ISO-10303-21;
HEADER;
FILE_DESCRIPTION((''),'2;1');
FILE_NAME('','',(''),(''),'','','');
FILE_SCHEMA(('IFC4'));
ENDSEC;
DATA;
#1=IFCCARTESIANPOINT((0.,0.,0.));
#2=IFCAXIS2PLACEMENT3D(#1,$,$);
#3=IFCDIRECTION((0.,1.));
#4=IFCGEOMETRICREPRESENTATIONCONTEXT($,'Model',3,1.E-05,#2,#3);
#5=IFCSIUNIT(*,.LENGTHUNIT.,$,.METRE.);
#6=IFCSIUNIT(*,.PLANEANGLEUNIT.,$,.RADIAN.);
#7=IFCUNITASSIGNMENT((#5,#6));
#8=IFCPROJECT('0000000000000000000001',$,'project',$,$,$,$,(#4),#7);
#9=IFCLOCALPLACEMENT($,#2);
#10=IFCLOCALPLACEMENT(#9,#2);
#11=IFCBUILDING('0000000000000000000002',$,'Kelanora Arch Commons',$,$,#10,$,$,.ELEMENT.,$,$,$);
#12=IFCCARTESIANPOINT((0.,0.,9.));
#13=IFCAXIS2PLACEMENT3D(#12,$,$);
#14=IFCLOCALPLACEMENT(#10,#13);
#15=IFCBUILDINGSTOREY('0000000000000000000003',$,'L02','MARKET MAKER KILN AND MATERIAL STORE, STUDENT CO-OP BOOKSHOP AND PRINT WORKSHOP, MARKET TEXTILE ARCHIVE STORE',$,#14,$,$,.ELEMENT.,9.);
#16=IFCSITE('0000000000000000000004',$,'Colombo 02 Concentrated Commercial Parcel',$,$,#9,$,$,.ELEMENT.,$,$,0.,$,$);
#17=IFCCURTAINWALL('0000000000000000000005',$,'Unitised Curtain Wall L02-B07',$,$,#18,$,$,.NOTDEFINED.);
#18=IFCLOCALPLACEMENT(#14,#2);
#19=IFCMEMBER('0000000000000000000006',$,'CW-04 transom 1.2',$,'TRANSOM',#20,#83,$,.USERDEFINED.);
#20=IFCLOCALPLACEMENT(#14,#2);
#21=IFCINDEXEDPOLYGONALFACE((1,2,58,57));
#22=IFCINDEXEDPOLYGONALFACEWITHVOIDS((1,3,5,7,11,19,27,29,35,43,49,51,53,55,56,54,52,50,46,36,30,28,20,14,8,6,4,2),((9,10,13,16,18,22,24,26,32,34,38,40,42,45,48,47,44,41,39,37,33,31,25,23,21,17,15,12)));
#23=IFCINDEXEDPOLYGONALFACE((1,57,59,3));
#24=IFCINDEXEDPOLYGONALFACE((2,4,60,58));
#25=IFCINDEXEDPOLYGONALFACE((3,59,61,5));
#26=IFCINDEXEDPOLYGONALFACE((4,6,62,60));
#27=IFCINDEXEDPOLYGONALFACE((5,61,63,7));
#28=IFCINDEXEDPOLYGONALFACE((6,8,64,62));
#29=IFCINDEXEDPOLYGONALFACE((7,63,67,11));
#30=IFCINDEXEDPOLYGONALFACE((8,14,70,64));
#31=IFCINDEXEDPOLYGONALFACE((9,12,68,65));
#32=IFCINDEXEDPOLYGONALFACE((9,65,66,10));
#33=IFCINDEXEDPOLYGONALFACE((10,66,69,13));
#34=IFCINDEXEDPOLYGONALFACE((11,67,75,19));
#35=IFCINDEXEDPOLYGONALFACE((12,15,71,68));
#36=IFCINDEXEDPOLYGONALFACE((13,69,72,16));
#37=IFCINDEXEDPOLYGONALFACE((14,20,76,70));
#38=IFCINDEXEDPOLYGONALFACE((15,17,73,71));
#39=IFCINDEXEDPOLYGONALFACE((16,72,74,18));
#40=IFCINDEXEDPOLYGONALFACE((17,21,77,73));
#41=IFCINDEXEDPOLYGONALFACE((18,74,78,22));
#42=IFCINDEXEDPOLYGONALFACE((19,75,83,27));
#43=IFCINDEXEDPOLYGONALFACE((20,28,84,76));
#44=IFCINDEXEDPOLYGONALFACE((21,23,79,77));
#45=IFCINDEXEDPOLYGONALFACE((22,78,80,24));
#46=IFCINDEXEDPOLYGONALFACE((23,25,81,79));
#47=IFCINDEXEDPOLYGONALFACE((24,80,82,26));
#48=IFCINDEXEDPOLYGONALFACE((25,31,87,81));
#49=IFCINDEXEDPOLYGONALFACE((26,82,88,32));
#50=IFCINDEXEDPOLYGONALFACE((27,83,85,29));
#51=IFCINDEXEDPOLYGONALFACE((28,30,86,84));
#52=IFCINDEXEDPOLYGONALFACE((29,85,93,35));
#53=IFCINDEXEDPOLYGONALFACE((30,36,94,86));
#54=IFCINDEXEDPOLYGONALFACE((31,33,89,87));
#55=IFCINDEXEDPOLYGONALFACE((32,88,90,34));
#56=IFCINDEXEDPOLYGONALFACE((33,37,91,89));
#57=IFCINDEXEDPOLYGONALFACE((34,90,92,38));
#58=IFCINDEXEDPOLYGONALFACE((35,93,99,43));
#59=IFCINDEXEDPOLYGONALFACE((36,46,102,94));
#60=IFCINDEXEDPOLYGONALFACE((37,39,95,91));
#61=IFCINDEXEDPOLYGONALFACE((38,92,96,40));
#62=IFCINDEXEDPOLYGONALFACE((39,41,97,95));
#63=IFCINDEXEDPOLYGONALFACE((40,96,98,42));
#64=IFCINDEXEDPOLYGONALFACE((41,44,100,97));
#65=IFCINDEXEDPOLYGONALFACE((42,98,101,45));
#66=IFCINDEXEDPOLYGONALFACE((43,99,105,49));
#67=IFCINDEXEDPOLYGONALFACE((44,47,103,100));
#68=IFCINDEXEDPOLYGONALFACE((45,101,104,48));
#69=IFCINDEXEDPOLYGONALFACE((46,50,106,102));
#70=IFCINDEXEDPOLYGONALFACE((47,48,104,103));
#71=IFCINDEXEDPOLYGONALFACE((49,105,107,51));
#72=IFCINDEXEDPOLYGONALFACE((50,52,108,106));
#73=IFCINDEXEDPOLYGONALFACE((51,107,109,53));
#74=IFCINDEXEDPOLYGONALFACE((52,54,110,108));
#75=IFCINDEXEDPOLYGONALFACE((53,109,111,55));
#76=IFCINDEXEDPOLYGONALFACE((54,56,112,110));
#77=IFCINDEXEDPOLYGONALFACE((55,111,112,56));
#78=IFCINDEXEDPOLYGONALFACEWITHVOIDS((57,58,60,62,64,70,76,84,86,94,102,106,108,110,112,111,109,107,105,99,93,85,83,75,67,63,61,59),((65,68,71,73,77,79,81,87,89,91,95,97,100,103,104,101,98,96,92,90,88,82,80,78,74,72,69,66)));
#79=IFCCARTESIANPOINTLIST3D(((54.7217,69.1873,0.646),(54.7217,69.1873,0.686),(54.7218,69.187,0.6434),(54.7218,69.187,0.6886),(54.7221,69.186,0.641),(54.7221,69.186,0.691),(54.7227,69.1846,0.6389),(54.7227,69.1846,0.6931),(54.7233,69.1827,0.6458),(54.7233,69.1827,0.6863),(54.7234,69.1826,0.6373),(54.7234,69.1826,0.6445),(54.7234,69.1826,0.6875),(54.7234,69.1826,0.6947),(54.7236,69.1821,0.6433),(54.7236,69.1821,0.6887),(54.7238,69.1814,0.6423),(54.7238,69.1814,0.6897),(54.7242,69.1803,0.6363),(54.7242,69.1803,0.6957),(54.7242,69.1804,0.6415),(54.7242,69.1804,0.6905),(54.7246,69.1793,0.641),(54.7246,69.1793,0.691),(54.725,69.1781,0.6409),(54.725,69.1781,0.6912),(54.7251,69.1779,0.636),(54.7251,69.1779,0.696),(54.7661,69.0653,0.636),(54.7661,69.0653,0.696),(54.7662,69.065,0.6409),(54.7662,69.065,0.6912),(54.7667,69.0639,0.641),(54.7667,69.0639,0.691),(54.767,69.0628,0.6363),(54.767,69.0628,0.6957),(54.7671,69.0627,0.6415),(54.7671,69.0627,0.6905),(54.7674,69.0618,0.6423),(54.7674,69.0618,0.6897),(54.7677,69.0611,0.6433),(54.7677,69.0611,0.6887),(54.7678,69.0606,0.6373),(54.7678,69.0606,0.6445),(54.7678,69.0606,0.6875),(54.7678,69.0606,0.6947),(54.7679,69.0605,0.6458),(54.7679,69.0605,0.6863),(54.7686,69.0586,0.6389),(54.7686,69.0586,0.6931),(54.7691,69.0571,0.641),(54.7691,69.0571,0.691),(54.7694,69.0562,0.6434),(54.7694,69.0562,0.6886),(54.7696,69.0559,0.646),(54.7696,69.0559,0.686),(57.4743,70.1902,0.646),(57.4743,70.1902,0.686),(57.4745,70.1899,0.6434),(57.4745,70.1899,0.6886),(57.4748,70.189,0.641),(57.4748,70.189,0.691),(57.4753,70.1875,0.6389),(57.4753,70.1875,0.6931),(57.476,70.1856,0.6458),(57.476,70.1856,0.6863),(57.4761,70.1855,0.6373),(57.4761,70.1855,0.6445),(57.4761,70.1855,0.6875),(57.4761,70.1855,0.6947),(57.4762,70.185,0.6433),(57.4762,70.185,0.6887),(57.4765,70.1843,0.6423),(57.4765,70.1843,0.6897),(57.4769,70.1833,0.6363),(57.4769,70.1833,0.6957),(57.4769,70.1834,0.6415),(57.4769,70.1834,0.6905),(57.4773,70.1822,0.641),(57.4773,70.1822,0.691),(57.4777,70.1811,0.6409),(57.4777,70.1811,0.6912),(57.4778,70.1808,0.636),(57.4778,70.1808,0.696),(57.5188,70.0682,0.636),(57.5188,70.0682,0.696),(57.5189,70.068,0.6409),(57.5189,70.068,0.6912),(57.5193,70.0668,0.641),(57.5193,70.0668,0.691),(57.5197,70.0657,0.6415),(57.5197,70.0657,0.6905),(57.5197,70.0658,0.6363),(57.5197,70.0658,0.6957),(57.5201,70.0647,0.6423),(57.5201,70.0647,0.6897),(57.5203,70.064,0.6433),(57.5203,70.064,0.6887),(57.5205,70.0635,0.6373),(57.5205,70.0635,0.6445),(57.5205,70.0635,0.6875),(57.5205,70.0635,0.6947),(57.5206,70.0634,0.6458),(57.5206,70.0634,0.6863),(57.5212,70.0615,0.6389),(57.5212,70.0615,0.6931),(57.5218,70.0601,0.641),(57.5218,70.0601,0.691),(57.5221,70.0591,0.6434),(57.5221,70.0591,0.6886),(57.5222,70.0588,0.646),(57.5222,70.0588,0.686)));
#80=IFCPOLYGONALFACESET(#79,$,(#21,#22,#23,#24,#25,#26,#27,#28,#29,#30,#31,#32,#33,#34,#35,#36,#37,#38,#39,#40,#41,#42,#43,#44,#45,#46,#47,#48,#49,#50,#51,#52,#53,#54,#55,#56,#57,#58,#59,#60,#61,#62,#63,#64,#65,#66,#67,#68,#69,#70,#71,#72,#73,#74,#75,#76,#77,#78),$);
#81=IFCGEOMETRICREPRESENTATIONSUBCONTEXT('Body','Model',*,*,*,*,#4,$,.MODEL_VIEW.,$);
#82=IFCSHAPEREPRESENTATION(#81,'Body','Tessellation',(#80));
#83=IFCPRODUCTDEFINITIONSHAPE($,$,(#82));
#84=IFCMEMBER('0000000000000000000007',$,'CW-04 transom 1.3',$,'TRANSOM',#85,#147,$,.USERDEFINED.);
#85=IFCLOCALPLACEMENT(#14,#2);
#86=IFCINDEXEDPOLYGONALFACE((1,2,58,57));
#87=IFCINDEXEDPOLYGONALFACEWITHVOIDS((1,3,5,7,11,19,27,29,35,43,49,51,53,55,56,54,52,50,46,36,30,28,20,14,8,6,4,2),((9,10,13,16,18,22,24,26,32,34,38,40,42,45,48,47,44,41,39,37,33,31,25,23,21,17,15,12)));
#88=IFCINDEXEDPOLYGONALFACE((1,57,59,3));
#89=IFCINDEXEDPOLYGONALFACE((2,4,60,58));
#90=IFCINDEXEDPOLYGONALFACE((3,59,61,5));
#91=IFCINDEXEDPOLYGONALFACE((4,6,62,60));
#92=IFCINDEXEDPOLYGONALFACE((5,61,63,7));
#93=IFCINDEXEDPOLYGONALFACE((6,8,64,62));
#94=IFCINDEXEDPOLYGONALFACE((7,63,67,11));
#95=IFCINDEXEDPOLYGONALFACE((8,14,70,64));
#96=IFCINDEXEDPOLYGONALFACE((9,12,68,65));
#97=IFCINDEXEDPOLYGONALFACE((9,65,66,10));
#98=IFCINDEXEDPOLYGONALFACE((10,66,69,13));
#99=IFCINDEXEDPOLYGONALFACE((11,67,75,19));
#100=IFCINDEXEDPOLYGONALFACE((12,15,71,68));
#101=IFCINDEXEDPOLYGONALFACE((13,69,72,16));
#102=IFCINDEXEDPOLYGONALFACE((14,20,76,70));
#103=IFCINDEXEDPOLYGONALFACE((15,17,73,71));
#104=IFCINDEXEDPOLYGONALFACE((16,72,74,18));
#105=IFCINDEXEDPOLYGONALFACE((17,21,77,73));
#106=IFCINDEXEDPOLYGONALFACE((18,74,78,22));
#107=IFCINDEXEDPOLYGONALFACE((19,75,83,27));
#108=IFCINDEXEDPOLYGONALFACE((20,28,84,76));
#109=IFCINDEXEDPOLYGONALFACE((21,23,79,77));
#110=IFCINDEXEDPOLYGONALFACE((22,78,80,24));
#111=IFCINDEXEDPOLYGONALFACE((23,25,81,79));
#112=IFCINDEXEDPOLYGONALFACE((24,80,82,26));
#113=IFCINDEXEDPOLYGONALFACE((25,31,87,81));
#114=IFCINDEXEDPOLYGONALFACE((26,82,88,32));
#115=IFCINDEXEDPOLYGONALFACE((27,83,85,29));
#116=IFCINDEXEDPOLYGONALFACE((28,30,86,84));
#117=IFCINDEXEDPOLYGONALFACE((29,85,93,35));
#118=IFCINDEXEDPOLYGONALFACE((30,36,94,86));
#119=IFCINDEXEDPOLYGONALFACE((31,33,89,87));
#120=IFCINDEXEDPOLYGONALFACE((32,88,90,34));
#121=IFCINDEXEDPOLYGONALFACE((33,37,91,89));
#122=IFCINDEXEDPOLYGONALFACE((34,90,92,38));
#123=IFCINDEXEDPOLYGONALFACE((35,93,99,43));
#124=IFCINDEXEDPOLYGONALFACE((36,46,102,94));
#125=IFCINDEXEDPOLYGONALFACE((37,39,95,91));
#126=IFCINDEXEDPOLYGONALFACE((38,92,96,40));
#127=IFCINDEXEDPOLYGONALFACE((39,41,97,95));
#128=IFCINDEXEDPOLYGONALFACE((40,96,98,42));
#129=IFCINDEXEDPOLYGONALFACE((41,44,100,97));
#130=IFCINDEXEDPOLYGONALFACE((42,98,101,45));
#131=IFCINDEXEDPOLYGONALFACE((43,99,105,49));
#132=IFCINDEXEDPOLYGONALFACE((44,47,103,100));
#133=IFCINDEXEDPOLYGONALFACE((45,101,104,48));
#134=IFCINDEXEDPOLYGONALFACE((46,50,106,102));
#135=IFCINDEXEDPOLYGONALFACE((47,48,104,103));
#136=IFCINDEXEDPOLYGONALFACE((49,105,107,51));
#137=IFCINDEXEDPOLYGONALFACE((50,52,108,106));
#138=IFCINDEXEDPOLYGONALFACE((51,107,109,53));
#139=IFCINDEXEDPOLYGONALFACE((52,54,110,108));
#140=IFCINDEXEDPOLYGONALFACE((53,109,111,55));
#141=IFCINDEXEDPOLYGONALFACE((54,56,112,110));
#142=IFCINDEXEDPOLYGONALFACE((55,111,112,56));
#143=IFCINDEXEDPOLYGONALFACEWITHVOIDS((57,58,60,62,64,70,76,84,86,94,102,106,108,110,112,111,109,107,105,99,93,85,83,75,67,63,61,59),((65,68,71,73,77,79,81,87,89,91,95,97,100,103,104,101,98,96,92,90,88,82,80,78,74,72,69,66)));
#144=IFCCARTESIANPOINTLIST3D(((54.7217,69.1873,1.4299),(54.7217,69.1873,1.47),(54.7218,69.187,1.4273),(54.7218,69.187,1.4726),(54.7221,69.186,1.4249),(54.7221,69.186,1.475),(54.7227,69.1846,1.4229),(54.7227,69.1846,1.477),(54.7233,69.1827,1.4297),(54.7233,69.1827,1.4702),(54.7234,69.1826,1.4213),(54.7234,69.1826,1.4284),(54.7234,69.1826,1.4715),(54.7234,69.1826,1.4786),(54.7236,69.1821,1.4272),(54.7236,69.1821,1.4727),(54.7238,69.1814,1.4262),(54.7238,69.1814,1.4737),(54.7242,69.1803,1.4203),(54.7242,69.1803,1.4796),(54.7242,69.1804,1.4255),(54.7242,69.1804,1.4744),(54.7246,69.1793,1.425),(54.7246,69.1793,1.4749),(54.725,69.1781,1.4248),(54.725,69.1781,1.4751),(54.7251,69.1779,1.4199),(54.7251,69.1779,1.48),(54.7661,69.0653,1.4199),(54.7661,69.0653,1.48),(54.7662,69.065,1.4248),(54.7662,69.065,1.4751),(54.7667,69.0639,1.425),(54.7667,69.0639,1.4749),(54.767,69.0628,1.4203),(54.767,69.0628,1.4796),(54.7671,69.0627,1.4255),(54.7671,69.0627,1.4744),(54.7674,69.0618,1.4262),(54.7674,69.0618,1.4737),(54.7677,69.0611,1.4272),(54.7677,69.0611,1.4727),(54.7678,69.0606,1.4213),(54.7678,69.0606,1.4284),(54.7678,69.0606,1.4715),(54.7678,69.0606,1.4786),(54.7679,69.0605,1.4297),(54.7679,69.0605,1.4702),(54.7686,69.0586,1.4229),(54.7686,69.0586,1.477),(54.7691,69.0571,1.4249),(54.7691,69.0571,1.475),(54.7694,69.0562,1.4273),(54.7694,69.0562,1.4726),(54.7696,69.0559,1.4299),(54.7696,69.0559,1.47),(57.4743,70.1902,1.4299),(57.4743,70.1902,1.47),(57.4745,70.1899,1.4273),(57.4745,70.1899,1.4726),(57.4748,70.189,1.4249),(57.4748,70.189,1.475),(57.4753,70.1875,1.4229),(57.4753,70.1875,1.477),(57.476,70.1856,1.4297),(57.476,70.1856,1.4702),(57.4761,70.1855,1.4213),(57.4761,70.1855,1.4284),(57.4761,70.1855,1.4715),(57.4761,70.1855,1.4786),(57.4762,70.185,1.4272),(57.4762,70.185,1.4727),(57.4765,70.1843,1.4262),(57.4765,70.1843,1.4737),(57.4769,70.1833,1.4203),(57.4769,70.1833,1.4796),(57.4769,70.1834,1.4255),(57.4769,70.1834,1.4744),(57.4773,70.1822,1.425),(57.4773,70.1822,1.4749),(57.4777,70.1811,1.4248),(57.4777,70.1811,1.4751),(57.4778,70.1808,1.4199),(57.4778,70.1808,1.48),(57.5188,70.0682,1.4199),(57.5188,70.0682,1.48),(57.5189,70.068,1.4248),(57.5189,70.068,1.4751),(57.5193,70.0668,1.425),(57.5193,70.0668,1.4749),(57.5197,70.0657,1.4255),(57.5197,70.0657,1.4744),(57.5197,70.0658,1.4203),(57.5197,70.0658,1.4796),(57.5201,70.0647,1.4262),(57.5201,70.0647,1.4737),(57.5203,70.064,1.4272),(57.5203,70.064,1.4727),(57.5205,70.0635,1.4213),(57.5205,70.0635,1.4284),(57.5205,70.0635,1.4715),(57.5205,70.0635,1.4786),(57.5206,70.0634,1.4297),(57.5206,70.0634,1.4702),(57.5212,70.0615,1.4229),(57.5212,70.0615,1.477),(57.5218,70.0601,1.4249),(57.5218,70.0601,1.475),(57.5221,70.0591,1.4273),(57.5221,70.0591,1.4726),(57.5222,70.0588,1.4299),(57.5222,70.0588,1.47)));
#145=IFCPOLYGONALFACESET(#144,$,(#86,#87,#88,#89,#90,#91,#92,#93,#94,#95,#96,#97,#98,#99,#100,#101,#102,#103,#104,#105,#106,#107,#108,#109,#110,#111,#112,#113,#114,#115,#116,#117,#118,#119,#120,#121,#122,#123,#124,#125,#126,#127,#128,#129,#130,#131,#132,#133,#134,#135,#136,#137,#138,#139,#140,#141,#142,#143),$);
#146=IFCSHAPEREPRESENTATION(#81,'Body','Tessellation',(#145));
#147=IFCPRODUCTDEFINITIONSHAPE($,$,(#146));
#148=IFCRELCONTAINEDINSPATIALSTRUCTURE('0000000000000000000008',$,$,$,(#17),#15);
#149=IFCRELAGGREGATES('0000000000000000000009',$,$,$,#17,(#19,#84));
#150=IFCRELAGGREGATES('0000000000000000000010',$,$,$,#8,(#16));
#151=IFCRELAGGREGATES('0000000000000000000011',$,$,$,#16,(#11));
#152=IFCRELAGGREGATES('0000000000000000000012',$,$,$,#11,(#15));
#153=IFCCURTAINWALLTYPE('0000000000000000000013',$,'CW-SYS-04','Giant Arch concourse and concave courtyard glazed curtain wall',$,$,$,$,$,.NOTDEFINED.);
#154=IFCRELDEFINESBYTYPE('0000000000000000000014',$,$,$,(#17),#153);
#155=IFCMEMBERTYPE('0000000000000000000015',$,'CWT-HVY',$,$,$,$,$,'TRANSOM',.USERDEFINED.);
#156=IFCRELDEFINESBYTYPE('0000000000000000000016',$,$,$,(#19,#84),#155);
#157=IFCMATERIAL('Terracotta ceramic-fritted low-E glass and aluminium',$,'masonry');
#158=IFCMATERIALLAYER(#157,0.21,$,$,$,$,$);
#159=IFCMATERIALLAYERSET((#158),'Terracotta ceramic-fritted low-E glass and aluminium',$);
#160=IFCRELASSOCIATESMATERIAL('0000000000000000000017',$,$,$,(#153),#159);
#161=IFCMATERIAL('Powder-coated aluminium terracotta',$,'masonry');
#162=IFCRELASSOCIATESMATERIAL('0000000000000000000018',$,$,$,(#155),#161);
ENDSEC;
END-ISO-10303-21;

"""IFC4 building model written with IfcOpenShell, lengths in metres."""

from ifc_helpers import new_model, si_unit, direction, frame, origin, origin_2d, place, context, subcontext, project, spatial, hollow_rectangle, extrude, material, layer, layer_set, material_profile, profile_set, type_object, element, aggregate, save


model = new_model("IFC4")

# Units and contexts
model_context = context("Model", 3, precision=1e-05, world=origin(), true_north=direction((0.0, 1.0)))
body_context = subcontext(model_context, "Body", "Model", "MODEL_VIEW")
ifc_project = project(units=[si_unit("LENGTHUNIT", "METRE"), si_unit("PLANEANGLEUNIT", "RADIAN")], contexts=[model_context])

# Site, building, storey
site_placement = place(None, origin())
site = spatial("IfcSite", under=ifc_project, at=site_placement, Name="Colombo 02 Concentrated Commercial Parcel", CompositionType="ELEMENT", RefElevation=0.0)
building_placement = place(site_placement, origin())
building = spatial("IfcBuilding", under=site, at=building_placement, Name="Kelanora Arch Commons", CompositionType="ELEMENT")
storey_placement = place(building_placement, frame((0.0, 0.0, 9.0)))
storey = spatial("IfcBuildingStorey", under=building, at=storey_placement, Name="L02", Description="MARKET MAKER KILN AND MATERIAL STORE, STUDENT CO-OP BOOKSHOP AND PRINT WORKSHOP, MARKET TEXTILE ARCHIVE STORE", CompositionType="ELEMENT", Elevation=9.0)

# Shared definitions
ifc_material_1 = material(Name="Terracotta ceramic-fritted low-E glass and aluminium", Category="masonry")
ifc_layer_1 = layer(ifc_material_1, 0.21)
ifc_layer_set_1 = layer_set([ifc_layer_1], Name="Terracotta ceramic-fritted low-E glass and aluminium")
curtain_wall_type = type_object("IfcCurtainWallType", Name="CW-SYS-04", Description="Giant Arch concourse and concave courtyard glazed curtain wall", PredefinedType="NOTDEFINED", material=ifc_layer_set_1)
ifc_material_2 = material(Name="Powder-coated aluminium terracotta", Category="masonry")

# Curtain wall, members
curtain_wall_1_placement = place(storey_placement, origin())
curtain_wall_1 = element("IfcCurtainWall", 1, at=curtain_wall_1_placement, inside=storey, type_object=curtain_wall_type, Name="Unitised Curtain Wall L02-B07", PredefinedType="NOTDEFINED")
ifc_material_profile_1 = material_profile(ifc_material_2, hollow_rectangle(XDim=0.1399, YDim=0.0601, WallThickness=0.0049, InnerFilletRadius=0.0049, OuterFilletRadius=0.01, at=origin_2d()), Name="CWT140x60")
ifc_profile_set_1 = profile_set([ifc_material_profile_1], Name="Powder-coated aluminium terracotta")
member_type_1 = type_object("IfcMemberType", Name="CWT-HVY", ElementType="TRANSOM", PredefinedType="USERDEFINED", material=ifc_profile_set_1)
member_1_placement = place(storey_placement, frame((57.4983, 70.1245, 0.666), z_axis=(-0.939579, -0.342332, 0.0), x_axis=(0.342332, -0.939579, 0.0)))
member_1 = element("IfcMember", 2, at=member_1_placement, type_object=member_type_1, Name="CW-04 transom 1.2", ObjectType="TRANSOM", PredefinedType="USERDEFINED", context=body_context, shape_type="SweptSolid", body=[
    extrude(hollow_rectangle(XDim=0.1399, YDim=0.0601, WallThickness=0.0049, InnerFilletRadius=0.0049, OuterFilletRadius=0.01, at=origin_2d()), origin(), (0.0, 0.0, 1.0), 2.9297),
])
member_2_placement = place(storey_placement, frame((57.4983, 70.1245, 1.45), z_axis=(-0.939579, -0.342332, 0.0), x_axis=(0.342332, -0.939579, 0.0)))
member_2 = element("IfcMember", 3, at=member_2_placement, type_object=member_type_1, Name="CW-04 transom 1.3", ObjectType="TRANSOM", PredefinedType="USERDEFINED", context=body_context, shape_type="SweptSolid", body=[
    extrude(hollow_rectangle(XDim=0.1399, YDim=0.0601, WallThickness=0.0049, InnerFilletRadius=0.0049, OuterFilletRadius=0.01, at=origin_2d()), origin(), (0.0, 0.0, 1.0), 2.9297),
])

aggregate(curtain_wall_1, [member_1, member_2])

save(model, "model.ifc")
